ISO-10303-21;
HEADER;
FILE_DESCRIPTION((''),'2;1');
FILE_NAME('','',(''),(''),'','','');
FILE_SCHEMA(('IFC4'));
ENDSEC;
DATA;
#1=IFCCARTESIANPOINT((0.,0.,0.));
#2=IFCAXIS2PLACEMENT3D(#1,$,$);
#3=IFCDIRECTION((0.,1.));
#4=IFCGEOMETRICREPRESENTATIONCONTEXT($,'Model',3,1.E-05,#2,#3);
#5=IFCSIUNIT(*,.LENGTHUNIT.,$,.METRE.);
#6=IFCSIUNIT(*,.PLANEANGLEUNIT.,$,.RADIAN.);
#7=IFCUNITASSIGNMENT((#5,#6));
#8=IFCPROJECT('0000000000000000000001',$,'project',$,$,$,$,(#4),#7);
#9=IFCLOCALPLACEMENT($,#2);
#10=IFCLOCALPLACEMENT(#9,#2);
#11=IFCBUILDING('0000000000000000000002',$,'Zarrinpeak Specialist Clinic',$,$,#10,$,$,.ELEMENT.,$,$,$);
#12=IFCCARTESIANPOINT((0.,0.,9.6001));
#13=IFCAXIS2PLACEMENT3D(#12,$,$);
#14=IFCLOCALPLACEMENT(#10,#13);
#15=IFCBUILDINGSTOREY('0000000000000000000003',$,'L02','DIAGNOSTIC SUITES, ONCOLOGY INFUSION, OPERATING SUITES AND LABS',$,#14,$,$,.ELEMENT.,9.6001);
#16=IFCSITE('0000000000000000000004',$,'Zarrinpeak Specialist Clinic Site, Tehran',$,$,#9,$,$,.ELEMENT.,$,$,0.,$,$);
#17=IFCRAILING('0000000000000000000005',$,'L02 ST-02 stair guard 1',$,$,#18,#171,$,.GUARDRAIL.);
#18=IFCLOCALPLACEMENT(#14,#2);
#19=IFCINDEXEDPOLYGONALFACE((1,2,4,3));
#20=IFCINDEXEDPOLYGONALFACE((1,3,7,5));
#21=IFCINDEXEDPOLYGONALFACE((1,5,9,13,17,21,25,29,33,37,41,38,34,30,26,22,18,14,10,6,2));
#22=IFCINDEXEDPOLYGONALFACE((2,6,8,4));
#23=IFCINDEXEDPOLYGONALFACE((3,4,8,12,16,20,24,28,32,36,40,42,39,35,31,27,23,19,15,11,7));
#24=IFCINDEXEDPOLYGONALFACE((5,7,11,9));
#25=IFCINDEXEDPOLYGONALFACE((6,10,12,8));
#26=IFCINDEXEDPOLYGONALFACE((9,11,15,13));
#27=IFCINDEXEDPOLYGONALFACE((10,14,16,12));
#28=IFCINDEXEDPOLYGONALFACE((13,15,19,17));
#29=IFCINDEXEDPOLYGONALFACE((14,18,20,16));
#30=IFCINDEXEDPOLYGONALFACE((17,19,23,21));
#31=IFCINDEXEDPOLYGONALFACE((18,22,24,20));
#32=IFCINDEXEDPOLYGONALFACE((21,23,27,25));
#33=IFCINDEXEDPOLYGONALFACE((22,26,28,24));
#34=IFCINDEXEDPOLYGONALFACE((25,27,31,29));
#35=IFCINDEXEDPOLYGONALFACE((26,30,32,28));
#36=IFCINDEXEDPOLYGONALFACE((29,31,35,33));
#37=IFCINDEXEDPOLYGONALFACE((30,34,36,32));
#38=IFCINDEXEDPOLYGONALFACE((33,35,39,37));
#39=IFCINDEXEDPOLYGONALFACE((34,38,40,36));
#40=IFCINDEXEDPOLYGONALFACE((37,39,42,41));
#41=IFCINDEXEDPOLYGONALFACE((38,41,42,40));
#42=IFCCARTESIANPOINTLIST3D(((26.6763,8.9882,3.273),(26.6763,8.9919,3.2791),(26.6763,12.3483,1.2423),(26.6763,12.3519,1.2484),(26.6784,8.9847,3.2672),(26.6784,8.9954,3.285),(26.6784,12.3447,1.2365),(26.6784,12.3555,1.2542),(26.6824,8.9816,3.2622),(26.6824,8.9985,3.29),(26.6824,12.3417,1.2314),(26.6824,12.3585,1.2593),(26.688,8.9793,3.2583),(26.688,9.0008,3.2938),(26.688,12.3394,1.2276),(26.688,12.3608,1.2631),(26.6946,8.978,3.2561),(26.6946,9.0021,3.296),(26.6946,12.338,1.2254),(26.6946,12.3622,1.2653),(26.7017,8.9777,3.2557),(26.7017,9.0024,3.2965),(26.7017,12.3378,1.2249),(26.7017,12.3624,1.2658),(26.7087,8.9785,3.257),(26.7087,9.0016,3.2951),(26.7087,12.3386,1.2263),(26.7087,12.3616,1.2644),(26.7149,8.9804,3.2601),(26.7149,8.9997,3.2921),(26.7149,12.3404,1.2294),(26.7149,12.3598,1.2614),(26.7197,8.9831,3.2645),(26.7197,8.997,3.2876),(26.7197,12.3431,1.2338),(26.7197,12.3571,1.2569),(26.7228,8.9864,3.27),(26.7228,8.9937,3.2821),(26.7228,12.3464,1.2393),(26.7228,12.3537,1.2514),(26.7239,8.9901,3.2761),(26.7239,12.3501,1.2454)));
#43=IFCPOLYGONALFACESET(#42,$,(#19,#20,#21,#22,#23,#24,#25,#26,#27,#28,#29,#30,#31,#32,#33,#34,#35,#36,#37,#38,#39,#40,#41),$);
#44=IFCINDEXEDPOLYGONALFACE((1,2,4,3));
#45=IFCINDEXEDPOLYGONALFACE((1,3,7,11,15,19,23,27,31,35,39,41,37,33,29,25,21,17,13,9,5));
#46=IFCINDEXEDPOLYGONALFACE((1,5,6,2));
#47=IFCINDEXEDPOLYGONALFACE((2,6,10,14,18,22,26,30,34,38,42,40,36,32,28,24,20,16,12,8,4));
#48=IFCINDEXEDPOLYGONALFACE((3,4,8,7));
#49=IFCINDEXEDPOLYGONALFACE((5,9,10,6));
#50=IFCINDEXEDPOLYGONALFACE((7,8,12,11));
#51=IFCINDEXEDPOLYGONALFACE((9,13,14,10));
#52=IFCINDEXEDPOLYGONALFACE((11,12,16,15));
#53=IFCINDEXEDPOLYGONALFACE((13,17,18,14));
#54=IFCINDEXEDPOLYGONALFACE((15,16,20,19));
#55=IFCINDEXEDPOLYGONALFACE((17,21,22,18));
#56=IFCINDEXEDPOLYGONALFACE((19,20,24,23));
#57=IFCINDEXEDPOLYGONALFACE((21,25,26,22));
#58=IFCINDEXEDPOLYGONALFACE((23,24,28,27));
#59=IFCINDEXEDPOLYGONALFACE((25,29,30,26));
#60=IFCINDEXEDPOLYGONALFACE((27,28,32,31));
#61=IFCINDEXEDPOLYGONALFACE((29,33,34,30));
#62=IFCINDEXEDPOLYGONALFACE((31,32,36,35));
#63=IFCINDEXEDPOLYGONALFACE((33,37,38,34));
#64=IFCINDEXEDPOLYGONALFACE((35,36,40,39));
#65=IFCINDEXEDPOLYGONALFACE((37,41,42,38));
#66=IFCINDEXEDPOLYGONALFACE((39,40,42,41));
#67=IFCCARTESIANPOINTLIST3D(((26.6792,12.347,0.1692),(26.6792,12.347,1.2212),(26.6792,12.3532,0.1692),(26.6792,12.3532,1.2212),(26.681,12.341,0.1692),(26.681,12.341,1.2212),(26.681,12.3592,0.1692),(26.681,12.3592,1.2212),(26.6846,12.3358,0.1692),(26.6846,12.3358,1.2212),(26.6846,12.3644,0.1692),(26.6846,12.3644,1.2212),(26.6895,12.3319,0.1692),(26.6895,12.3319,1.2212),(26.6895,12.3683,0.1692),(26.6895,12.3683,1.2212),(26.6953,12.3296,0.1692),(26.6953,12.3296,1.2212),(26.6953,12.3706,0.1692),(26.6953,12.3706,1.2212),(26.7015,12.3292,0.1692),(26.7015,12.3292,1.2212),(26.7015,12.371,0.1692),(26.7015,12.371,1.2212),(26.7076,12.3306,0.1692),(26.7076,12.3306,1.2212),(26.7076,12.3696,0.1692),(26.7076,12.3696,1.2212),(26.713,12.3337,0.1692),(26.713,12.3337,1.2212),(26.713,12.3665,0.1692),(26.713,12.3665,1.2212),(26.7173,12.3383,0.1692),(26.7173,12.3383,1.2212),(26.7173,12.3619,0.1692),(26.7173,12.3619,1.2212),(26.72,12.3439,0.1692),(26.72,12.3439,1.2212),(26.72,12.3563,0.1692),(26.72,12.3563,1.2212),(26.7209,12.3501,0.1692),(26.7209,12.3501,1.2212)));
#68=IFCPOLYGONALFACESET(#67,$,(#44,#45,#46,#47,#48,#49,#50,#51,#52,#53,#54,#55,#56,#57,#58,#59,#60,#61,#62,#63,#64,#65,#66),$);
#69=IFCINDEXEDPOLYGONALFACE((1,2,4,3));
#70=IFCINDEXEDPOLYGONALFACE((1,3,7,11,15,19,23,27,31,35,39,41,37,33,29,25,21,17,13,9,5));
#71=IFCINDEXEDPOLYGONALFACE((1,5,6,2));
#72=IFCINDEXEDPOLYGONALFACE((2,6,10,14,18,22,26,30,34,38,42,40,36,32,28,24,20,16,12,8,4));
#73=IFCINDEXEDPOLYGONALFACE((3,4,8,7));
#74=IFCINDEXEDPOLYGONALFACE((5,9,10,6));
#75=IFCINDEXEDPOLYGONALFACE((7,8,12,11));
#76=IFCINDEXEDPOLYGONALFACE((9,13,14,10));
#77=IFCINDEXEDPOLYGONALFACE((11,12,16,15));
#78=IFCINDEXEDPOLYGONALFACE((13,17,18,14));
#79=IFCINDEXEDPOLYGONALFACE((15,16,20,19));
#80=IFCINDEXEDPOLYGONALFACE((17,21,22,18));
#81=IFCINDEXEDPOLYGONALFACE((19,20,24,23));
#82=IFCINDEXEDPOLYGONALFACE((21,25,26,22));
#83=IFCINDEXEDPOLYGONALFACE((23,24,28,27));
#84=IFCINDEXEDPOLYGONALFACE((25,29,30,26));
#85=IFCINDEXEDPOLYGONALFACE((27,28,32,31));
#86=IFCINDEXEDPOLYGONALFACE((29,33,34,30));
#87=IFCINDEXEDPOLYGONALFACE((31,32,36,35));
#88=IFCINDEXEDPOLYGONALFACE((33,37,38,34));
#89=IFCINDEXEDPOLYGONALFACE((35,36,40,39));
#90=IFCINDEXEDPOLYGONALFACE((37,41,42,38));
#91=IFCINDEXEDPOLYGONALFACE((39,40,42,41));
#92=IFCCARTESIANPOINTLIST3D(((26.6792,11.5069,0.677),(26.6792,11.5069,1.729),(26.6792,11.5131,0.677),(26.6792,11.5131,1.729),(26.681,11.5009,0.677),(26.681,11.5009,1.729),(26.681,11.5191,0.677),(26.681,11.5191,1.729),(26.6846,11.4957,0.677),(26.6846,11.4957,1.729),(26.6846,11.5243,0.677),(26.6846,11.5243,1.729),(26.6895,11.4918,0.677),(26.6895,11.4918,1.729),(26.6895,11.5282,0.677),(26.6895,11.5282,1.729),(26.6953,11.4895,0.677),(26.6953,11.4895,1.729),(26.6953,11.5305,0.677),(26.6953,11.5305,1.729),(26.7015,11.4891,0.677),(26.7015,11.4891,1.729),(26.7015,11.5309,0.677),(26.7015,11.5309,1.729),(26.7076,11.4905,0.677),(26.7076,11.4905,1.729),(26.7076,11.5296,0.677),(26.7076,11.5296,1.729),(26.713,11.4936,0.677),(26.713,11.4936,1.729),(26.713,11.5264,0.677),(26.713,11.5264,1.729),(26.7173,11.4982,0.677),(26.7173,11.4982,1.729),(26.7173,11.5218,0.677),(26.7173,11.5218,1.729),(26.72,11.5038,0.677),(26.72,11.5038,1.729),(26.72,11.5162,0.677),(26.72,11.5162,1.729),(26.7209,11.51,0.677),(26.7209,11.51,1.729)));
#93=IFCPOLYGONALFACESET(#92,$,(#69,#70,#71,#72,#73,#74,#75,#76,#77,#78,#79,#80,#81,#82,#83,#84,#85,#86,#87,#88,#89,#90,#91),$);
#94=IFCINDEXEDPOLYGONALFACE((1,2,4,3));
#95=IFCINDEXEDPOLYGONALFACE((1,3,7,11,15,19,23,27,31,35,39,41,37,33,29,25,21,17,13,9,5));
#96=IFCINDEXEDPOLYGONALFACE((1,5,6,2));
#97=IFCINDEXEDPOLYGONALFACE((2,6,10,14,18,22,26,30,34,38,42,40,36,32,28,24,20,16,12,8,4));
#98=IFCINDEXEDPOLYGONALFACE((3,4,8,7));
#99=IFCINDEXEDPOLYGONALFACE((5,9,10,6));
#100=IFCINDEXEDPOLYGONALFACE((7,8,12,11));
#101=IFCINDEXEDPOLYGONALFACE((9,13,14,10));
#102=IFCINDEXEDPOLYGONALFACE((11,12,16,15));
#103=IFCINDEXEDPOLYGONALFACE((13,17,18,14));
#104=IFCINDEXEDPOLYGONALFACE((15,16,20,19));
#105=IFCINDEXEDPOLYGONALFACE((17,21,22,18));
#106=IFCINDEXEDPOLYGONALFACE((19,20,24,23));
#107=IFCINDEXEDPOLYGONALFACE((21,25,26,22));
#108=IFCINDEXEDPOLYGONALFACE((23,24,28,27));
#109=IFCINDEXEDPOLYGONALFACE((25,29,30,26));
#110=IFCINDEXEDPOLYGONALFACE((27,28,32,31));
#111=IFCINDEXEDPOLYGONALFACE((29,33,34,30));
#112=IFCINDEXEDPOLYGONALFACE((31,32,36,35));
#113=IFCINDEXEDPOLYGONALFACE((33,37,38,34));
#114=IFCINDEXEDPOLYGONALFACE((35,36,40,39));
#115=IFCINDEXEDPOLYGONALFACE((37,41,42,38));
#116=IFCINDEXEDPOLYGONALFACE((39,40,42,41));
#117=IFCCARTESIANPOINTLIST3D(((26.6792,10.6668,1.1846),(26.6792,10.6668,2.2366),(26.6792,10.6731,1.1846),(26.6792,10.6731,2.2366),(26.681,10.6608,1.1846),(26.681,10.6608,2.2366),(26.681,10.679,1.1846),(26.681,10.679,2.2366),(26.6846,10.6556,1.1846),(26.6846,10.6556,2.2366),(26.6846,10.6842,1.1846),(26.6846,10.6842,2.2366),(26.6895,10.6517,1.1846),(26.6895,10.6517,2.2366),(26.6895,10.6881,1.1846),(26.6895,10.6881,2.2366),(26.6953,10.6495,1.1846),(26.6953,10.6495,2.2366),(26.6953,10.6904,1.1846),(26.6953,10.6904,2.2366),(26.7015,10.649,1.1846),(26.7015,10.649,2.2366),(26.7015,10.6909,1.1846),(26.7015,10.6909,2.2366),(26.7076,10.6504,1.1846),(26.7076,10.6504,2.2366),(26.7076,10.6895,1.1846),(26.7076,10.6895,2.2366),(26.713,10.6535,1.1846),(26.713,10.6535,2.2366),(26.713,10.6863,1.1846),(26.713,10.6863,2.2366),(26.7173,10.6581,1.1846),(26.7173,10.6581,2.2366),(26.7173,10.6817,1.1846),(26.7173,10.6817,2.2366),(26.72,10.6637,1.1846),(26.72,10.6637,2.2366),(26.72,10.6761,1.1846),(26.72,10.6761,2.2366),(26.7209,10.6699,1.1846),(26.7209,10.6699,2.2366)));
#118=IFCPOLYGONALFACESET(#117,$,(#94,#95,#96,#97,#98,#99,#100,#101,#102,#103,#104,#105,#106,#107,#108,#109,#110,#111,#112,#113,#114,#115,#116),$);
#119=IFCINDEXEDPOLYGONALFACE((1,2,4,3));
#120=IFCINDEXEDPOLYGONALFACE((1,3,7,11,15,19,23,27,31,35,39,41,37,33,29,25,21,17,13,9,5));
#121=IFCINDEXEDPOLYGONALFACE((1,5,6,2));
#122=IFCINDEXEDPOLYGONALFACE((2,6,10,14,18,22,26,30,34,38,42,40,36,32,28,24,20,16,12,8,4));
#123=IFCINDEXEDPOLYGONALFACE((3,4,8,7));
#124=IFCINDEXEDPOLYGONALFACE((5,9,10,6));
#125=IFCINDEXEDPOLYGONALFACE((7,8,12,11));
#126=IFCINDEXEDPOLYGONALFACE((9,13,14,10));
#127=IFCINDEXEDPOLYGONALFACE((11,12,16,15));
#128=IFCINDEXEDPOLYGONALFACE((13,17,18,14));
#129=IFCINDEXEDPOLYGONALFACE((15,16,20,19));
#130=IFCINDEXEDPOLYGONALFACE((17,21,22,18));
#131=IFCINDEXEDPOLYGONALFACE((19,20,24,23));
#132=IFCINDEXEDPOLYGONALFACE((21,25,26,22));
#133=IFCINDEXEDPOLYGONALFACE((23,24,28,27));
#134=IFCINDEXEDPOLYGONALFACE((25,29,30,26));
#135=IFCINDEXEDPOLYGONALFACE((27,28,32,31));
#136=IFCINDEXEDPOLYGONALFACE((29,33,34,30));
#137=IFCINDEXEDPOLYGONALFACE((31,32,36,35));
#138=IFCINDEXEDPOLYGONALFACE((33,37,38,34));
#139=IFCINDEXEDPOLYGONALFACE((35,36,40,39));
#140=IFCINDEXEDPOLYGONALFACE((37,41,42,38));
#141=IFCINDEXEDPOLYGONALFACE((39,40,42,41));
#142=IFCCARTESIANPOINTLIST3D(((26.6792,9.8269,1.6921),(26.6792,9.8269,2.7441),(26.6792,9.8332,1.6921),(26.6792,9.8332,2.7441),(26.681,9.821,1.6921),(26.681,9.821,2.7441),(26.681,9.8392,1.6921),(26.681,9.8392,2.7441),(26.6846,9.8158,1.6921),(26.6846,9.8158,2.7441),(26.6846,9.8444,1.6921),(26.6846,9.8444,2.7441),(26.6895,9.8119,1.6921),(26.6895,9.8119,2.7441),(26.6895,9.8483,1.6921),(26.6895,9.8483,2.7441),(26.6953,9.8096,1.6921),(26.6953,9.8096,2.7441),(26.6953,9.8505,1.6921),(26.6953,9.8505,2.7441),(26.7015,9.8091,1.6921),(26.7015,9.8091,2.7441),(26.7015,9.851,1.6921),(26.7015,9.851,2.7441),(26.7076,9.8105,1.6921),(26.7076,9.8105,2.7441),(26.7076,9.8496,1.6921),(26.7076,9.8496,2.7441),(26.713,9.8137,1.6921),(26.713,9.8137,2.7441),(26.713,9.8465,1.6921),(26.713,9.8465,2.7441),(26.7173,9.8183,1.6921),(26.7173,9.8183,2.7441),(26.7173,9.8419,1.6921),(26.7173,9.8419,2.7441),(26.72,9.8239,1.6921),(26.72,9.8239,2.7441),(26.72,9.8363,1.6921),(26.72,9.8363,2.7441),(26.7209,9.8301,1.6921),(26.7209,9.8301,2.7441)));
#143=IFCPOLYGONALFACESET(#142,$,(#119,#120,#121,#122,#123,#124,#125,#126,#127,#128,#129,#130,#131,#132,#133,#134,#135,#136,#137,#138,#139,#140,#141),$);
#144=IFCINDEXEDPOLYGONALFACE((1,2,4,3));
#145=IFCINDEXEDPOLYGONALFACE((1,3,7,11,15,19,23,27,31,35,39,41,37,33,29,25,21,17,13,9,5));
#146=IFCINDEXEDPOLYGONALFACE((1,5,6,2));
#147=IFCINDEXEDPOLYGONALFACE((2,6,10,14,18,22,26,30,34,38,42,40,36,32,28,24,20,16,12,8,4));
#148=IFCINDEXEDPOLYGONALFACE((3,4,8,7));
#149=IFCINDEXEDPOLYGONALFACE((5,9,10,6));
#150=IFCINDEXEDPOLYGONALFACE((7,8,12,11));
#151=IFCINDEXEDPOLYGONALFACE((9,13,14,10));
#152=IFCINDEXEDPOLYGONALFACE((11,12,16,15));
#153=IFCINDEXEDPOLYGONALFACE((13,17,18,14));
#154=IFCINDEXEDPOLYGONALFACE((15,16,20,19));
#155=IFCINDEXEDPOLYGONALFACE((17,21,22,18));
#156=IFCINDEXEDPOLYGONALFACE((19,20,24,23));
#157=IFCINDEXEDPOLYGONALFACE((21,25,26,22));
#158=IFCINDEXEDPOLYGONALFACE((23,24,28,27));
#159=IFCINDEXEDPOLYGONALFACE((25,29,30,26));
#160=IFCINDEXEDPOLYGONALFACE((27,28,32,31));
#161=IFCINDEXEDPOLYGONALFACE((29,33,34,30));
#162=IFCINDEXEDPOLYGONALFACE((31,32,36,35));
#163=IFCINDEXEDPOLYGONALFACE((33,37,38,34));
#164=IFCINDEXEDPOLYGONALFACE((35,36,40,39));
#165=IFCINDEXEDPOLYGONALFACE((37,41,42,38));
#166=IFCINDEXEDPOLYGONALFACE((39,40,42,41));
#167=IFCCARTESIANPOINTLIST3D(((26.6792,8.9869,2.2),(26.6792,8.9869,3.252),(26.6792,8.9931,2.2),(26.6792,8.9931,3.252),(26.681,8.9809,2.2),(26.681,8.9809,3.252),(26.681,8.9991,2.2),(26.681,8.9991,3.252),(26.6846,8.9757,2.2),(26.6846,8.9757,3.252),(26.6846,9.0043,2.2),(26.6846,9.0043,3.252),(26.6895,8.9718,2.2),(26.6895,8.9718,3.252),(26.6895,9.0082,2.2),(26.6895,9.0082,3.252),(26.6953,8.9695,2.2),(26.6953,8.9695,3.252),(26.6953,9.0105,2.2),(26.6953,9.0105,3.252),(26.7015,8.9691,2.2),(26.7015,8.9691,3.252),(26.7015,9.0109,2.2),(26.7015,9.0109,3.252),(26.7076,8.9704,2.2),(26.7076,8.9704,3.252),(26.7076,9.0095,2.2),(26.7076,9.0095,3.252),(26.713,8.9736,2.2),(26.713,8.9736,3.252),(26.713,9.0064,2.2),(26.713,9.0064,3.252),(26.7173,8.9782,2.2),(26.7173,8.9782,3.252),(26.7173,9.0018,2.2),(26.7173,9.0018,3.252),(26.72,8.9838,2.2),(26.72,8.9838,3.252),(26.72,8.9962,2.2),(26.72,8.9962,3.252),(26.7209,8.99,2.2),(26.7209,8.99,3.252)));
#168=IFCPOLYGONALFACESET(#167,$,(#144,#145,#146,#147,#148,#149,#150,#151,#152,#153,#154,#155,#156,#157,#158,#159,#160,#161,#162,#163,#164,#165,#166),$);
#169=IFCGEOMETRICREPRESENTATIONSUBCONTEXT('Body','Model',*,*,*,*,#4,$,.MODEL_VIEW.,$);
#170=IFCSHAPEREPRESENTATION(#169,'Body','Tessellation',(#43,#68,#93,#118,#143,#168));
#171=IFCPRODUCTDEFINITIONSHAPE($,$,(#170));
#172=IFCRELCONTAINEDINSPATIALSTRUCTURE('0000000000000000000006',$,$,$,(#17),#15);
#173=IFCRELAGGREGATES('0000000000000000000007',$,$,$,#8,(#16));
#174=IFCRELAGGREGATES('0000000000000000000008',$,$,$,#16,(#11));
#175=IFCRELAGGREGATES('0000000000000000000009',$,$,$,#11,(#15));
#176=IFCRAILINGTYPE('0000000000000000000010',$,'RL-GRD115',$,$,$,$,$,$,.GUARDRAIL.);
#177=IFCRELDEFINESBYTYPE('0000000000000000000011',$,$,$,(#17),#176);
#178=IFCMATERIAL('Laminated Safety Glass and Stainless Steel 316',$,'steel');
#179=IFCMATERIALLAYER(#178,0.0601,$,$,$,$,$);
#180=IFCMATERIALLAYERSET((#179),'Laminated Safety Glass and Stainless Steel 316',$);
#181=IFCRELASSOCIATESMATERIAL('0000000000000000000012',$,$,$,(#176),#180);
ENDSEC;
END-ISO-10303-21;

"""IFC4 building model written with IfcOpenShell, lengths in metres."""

from ifc_helpers import new_model, si_unit, direction, frame, origin, origin_2d, place, context, subcontext, project, spatial, circle, extrude, material, layer, layer_set, type_object, element, save


model = new_model("IFC4")

# Units and contexts
model_context = context("Model", 3, precision=1e-05, world=origin(), true_north=direction((0.0, 1.0)))
body_context = subcontext(model_context, "Body", "Model", "MODEL_VIEW")
ifc_project = project(units=[si_unit("LENGTHUNIT", "METRE"), si_unit("PLANEANGLEUNIT", "RADIAN")], contexts=[model_context])

# Site, building, storey
site_placement = place(None, origin())
site = spatial("IfcSite", under=ifc_project, at=site_placement, Name="Zarrinpeak Specialist Clinic Site, Tehran", CompositionType="ELEMENT", RefElevation=0.0)
building_placement = place(site_placement, origin())
building = spatial("IfcBuilding", under=site, at=building_placement, Name="Zarrinpeak Specialist Clinic", CompositionType="ELEMENT")
storey_placement = place(building_placement, frame((0.0, 0.0, 9.6001)))
storey = spatial("IfcBuildingStorey", under=building, at=storey_placement, Name="L02", Description="DIAGNOSTIC SUITES, ONCOLOGY INFUSION, OPERATING SUITES AND LABS", CompositionType="ELEMENT", Elevation=9.6001)

# Railing
ifc_material_1 = material(Name="Laminated Safety Glass and Stainless Steel 316", Category="steel")
ifc_layer_1 = layer(ifc_material_1, 0.0601)
ifc_layer_set_1 = layer_set([ifc_layer_1], Name="Laminated Safety Glass and Stainless Steel 316")
railing_type_1 = type_object("IfcRailingType", Name="RL-GRD115", PredefinedType="GUARDRAIL", material=ifc_layer_set_1)
railing_1_placement = place(storey_placement, frame((26.7, 12.3501, 0.1692)))
element("IfcRailing", 1, at=railing_1_placement, inside=storey, type_object=railing_type_1, Name="L02 ST-02 stair guard 1", PredefinedType="GUARDRAIL", context=body_context, shape_type="SweptSolid", body=[
    extrude(circle(Radius=0.0239, at=origin_2d()), frame((0.0, 0.0, 1.0762), z_axis=(0.0, -0.855837, 0.517246), x_axis=(1.0, 0.0, 0.0)), (0.0, 0.0, 1.0), 3.926),
    extrude(circle(Radius=0.021, at=origin_2d()), origin(), (0.0, 0.0, 1.0), 1.052),
    extrude(circle(Radius=0.021, at=origin_2d()), frame((0.0, -0.8401, 0.5078)), (0.0, 0.0, 1.0), 1.052),
    extrude(circle(Radius=0.021, at=origin_2d()), frame((0.0, -1.6802, 1.0154)), (0.0, 0.0, 1.0), 1.052),
    extrude(circle(Radius=0.021, at=origin_2d()), frame((0.0, -2.52, 1.5229)), (0.0, 0.0, 1.0), 1.052),
    extrude(circle(Radius=0.021, at=origin_2d()), frame((0.0, -3.3601, 2.0308)), (0.0, 0.0, 1.0), 1.052),
])

save(model, "model.ifc")
